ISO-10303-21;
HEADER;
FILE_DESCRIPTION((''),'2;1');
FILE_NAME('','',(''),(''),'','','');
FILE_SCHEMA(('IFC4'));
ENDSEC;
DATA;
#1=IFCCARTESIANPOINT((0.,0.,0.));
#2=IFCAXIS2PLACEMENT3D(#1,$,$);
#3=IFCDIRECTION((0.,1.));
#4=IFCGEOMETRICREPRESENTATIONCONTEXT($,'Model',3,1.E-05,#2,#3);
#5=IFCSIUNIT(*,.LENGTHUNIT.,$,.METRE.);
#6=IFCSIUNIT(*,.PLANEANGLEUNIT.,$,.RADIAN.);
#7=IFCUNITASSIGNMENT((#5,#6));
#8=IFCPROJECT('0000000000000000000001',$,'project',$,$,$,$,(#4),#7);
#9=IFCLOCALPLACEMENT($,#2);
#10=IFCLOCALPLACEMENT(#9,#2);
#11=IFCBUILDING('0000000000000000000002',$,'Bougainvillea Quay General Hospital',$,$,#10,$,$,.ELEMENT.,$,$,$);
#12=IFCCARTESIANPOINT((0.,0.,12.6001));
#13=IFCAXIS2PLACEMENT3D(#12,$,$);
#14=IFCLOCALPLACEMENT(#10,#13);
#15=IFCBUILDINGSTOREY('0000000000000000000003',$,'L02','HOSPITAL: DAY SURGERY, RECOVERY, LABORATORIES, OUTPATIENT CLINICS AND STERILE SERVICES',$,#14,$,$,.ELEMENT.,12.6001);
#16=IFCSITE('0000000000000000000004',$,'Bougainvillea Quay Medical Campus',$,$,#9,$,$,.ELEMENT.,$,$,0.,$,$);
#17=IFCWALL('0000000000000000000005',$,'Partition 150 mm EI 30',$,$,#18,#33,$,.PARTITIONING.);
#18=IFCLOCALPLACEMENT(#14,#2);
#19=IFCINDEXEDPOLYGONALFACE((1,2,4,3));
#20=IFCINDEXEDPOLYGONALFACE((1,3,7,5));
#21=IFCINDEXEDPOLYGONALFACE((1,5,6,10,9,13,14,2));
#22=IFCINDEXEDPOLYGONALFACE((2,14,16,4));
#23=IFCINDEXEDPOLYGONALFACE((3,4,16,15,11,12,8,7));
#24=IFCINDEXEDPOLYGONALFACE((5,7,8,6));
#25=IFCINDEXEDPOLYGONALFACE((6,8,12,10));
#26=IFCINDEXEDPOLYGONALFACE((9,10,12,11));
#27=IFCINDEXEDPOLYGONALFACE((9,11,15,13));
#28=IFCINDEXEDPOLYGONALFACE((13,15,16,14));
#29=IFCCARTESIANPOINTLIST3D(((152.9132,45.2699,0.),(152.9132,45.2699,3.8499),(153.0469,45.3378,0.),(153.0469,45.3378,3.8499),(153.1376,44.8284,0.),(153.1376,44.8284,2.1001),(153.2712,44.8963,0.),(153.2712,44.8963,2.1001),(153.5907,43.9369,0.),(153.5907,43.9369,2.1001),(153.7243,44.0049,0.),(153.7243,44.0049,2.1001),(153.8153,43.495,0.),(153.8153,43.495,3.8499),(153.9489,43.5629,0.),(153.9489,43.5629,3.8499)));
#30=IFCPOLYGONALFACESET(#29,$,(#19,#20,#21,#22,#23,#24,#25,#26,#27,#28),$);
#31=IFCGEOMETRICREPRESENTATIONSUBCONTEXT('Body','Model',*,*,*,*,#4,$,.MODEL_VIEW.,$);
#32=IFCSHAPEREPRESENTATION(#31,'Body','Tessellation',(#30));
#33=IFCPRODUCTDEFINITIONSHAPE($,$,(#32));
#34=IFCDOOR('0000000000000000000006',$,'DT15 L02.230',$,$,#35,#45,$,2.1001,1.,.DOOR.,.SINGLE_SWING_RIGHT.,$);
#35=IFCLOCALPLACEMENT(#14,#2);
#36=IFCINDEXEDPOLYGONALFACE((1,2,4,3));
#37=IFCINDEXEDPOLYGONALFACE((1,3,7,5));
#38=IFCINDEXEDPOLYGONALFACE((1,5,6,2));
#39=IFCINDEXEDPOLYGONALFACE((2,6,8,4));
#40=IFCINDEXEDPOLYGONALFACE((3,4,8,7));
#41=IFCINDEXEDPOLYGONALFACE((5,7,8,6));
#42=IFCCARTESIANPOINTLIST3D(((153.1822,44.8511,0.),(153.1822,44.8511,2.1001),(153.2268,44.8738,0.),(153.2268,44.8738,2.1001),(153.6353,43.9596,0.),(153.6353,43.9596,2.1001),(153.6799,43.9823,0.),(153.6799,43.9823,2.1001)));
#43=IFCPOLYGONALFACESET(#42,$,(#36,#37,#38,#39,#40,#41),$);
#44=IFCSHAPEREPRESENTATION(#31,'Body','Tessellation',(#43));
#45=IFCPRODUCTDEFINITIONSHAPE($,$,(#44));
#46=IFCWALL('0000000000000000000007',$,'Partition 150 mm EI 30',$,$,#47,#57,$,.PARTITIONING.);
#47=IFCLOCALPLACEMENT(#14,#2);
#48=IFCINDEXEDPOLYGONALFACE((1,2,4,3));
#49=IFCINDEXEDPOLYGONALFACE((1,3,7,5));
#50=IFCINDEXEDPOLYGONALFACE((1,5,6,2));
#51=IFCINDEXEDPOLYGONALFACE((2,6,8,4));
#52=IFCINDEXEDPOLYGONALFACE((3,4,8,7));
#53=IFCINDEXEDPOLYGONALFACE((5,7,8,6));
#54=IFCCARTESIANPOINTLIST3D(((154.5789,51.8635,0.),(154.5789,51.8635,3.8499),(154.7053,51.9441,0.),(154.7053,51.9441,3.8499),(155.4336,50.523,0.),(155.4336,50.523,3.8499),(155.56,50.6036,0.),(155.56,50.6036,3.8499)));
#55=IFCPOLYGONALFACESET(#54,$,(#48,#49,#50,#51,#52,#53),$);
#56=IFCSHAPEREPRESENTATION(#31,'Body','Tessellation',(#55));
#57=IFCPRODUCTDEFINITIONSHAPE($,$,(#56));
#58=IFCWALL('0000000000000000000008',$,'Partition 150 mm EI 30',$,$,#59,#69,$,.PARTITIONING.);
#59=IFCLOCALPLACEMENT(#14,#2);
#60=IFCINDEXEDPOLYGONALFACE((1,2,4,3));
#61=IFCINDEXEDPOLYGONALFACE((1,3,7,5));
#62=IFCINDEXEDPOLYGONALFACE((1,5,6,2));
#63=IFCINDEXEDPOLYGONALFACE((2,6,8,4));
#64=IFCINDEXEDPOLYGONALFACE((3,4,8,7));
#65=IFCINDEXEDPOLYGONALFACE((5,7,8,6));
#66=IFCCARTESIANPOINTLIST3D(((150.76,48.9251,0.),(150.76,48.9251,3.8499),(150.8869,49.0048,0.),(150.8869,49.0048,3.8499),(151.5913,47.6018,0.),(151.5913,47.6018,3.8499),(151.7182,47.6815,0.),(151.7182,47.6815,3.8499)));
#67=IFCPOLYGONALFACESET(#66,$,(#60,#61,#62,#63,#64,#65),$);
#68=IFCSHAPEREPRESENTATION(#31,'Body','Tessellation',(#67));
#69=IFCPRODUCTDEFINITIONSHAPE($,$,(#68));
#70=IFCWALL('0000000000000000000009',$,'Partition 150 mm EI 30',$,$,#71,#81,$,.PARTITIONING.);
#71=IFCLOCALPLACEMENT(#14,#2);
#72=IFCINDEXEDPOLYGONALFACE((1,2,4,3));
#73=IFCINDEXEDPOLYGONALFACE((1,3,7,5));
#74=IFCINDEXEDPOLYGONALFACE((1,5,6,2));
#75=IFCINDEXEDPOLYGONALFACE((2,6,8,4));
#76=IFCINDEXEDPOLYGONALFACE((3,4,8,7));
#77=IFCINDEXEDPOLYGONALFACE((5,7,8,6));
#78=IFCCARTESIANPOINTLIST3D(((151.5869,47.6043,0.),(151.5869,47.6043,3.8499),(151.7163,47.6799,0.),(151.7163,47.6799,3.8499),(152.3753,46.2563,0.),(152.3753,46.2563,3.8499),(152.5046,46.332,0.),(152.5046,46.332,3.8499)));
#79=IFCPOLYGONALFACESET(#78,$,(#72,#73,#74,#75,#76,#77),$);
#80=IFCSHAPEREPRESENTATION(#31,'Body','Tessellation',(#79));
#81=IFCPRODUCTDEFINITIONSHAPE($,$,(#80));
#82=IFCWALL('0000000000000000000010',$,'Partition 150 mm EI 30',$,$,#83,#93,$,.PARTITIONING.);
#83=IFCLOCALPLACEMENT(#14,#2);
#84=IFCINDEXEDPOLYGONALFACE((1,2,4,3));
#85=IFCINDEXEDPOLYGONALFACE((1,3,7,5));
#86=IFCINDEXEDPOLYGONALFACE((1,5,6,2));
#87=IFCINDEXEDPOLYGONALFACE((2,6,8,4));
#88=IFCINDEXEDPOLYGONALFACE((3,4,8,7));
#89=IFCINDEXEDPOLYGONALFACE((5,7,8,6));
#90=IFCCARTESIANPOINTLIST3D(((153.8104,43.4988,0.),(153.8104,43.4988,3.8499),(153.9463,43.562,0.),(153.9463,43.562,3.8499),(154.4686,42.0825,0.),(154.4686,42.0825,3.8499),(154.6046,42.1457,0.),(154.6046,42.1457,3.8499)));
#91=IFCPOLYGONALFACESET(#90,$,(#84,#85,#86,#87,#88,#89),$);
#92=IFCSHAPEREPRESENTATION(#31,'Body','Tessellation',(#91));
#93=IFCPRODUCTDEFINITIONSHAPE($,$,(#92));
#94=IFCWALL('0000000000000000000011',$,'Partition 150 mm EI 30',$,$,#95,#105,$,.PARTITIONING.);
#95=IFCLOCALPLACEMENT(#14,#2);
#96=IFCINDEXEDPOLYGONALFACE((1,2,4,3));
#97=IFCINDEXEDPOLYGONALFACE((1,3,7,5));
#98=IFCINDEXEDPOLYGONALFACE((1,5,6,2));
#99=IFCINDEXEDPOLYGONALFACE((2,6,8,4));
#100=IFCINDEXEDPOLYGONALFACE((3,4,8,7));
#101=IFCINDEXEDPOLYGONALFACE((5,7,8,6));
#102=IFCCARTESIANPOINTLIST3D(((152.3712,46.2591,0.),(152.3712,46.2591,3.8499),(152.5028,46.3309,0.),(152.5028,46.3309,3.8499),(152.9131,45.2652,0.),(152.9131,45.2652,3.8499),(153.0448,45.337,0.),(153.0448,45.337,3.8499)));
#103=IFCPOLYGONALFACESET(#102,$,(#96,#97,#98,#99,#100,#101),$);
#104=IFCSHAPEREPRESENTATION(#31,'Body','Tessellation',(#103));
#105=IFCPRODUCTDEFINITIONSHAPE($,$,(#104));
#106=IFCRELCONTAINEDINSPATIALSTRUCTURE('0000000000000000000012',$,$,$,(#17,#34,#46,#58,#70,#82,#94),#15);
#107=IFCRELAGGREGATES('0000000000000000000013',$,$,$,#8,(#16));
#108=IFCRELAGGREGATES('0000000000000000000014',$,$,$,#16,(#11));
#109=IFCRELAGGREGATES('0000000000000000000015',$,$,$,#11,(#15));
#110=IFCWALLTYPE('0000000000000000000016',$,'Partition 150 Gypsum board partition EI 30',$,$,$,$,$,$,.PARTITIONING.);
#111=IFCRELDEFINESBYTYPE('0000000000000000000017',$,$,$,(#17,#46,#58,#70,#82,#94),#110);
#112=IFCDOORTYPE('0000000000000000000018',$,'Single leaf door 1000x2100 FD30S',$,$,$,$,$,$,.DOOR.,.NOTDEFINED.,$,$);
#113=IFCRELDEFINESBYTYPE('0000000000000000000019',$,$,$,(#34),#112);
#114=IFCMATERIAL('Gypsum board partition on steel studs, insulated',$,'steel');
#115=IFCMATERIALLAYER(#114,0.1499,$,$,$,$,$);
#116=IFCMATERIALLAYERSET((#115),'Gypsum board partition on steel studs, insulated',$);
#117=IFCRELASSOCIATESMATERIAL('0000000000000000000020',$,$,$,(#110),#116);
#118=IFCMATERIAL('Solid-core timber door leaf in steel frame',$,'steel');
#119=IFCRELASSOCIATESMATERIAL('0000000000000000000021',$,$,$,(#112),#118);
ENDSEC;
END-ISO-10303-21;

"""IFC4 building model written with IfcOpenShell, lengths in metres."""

from ifc_helpers import new_model, si_unit, direction, frame, frame_2d, origin, place, context, subcontext, project, spatial, rectangle, extrude, material, layer, layer_set, type_object, element, fill, save


model = new_model("IFC4")

# Units and contexts
model_context = context("Model", 3, precision=1e-05, world=origin(), true_north=direction((0.0, 1.0)))
body_context = subcontext(model_context, "Body", "Model", "MODEL_VIEW")
ifc_project = project(units=[si_unit("LENGTHUNIT", "METRE"), si_unit("PLANEANGLEUNIT", "RADIAN")], contexts=[model_context])

# Site, building, storey
site_placement = place(None, origin())
site = spatial("IfcSite", under=ifc_project, at=site_placement, Name="Bougainvillea Quay Medical Campus", CompositionType="ELEMENT", RefElevation=0.0)
building_placement = place(site_placement, origin())
building = spatial("IfcBuilding", under=site, at=building_placement, Name="Bougainvillea Quay General Hospital", CompositionType="ELEMENT")
storey_placement = place(building_placement, frame((0.0, 0.0, 12.6001)))
storey = spatial("IfcBuildingStorey", under=building, at=storey_placement, Name="L02", Description="HOSPITAL: DAY SURGERY, RECOVERY, LABORATORIES, OUTPATIENT CLINICS AND STERILE SERVICES", CompositionType="ELEMENT", Elevation=12.6001)

# Shared definitions
ifc_material_1 = material(Name="Gypsum board partition on steel studs, insulated", Category="steel")
ifc_layer_1 = layer(ifc_material_1, 0.1499)
ifc_layer_set_1 = layer_set([ifc_layer_1], Name="Gypsum board partition on steel studs, insulated")
wall_type_1 = type_object("IfcWallType", Name="Partition 150 Gypsum board partition EI 30", PredefinedType="PARTITIONING", material=ifc_layer_set_1)

# Wall, opening, door
wall_1_placement = place(storey_placement, frame((152.98, 45.304, 0.0), z_axis=(0.0, 0.0, 1.0), x_axis=(0.45309, -0.891465, 0.0)))
wall_1 = element("IfcWall", 1, at=wall_1_placement, inside=storey, type_object=wall_type_1, Name="Partition 150 mm EI 30", PredefinedType="PARTITIONING", context=body_context, shape_type="SweptSolid", body=[
    extrude(rectangle(XDim=1.991, YDim=0.1499, at=frame_2d((0.9956, 0.0))), origin(), (0.0, 0.0, 1.0), 3.8499),
])
opening_1_placement = place(wall_1_placement, frame((0.4954, 0.0, 0.0)))
opening_1 = element("IfcOpeningElement", 2, at=opening_1_placement, cuts=wall_1, PredefinedType="OPENING", context=body_context, shape_type="SweptSolid", body=[
    extrude(rectangle(XDim=1.0, YDim=2.1001, at=frame_2d((0.5, 1.05))), frame((0.0, 0.085, 0.0), z_axis=(0.0, -1.0, 0.0), x_axis=(1.0, 0.0, 0.0)), (0.0, 0.0, 1.0), 0.1699),
])
ifc_material_2 = material(Name="Solid-core timber door leaf in steel frame", Category="steel")
door_type_1 = type_object("IfcDoorType", Name="Single leaf door 1000x2100 FD30S", OperationType="NOTDEFINED", PredefinedType="DOOR", material=ifc_material_2)
door_1_placement = place(opening_1_placement, frame((1.0, 0.0, 0.0), z_axis=(0.0, 0.0, 1.0), x_axis=(-1.0, 0.0, 0.0)))
door_1 = element("IfcDoor", 3, at=door_1_placement, inside=storey, type_object=door_type_1, Name="DT15 L02.230", OperationType="SINGLE_SWING_RIGHT", OverallHeight=2.1001, OverallWidth=1.0, PredefinedType="DOOR", context=body_context, shape_type="SweptSolid", body=[
    extrude(rectangle(XDim=1.0, YDim=2.1001, at=frame_2d((0.5, 1.05))), frame((0.0, 0.0249, 0.0), z_axis=(0.0, -1.0, 0.0), x_axis=(1.0, 0.0, 0.0)), (0.0, 0.0, 1.0), 0.05),
])
fill(opening_1, door_1)

# Walls
wall_2_placement = place(storey_placement, frame((154.6421, 51.9038, 0.0), z_axis=(0.0, 0.0, 1.0), x_axis=(0.537611, -0.843193, 0.0)))
element("IfcWall", 4, at=wall_2_placement, inside=storey, type_object=wall_type_1, Name="Partition 150 mm EI 30", PredefinedType="PARTITIONING", context=body_context, shape_type="SweptSolid", body=[
    extrude(rectangle(XDim=1.5898, YDim=0.1499, at=frame_2d((0.7949, 0.0))), origin(), (0.0, 0.0, 1.0), 3.8499),
])
wall_3_placement = place(storey_placement, frame((150.8235, 48.9648, 0.0), z_axis=(0.0, 0.0, 1.0), x_axis=(0.531964, -0.846767, 0.0)))
element("IfcWall", 5, at=wall_3_placement, inside=storey, type_object=wall_type_1, Name="Partition 150 mm EI 30", PredefinedType="PARTITIONING", context=body_context, shape_type="SweptSolid", body=[
    extrude(rectangle(XDim=1.5627, YDim=0.1499, at=frame_2d((0.7812, 0.0))), origin(), (0.0, 0.0, 1.0), 3.8499),
])
wall_4_placement = place(storey_placement, frame((151.6516, 47.6421, 0.0), z_axis=(0.0, 0.0, 1.0), x_axis=(0.504853, -0.863206, 0.0)))
element("IfcWall", 6, at=wall_4_placement, inside=storey, type_object=wall_type_1, Name="Partition 150 mm EI 30", PredefinedType="PARTITIONING", context=body_context, shape_type="SweptSolid", body=[
    extrude(rectangle(XDim=1.5615, YDim=0.1499, at=frame_2d((0.7808, 0.0))), origin(), (0.0, 0.0, 1.0), 3.8499),
])
wall_5_placement = place(storey_placement, frame((153.8784, 43.5303, 0.0), z_axis=(0.0, 0.0, 1.0), x_axis=(0.421456, -0.906849, 0.0)))
element("IfcWall", 7, at=wall_5_placement, inside=storey, type_object=wall_type_1, Name="Partition 150 mm EI 30", PredefinedType="PARTITIONING", context=body_context, shape_type="SweptSolid", body=[
    extrude(rectangle(XDim=1.5618, YDim=0.1499, at=frame_2d((0.7808, 0.0))), origin(), (0.0, 0.0, 1.0), 3.8499),
])
wall_6_placement = place(storey_placement, frame((152.437, 46.2949, 0.0), z_axis=(0.0, 0.0, 1.0), x_axis=(0.478761, -0.877945, 0.0)))
element("IfcWall", 8, at=wall_6_placement, inside=storey, type_object=wall_type_1, Name="Partition 150 mm EI 30", PredefinedType="PARTITIONING", context=body_context, shape_type="SweptSolid", body=[
    extrude(rectangle(XDim=1.1321, YDim=0.1499, at=frame_2d((0.5659, 0.0))), origin(), (0.0, 0.0, 1.0), 3.8499),
])

save(model, "model.ifc")
